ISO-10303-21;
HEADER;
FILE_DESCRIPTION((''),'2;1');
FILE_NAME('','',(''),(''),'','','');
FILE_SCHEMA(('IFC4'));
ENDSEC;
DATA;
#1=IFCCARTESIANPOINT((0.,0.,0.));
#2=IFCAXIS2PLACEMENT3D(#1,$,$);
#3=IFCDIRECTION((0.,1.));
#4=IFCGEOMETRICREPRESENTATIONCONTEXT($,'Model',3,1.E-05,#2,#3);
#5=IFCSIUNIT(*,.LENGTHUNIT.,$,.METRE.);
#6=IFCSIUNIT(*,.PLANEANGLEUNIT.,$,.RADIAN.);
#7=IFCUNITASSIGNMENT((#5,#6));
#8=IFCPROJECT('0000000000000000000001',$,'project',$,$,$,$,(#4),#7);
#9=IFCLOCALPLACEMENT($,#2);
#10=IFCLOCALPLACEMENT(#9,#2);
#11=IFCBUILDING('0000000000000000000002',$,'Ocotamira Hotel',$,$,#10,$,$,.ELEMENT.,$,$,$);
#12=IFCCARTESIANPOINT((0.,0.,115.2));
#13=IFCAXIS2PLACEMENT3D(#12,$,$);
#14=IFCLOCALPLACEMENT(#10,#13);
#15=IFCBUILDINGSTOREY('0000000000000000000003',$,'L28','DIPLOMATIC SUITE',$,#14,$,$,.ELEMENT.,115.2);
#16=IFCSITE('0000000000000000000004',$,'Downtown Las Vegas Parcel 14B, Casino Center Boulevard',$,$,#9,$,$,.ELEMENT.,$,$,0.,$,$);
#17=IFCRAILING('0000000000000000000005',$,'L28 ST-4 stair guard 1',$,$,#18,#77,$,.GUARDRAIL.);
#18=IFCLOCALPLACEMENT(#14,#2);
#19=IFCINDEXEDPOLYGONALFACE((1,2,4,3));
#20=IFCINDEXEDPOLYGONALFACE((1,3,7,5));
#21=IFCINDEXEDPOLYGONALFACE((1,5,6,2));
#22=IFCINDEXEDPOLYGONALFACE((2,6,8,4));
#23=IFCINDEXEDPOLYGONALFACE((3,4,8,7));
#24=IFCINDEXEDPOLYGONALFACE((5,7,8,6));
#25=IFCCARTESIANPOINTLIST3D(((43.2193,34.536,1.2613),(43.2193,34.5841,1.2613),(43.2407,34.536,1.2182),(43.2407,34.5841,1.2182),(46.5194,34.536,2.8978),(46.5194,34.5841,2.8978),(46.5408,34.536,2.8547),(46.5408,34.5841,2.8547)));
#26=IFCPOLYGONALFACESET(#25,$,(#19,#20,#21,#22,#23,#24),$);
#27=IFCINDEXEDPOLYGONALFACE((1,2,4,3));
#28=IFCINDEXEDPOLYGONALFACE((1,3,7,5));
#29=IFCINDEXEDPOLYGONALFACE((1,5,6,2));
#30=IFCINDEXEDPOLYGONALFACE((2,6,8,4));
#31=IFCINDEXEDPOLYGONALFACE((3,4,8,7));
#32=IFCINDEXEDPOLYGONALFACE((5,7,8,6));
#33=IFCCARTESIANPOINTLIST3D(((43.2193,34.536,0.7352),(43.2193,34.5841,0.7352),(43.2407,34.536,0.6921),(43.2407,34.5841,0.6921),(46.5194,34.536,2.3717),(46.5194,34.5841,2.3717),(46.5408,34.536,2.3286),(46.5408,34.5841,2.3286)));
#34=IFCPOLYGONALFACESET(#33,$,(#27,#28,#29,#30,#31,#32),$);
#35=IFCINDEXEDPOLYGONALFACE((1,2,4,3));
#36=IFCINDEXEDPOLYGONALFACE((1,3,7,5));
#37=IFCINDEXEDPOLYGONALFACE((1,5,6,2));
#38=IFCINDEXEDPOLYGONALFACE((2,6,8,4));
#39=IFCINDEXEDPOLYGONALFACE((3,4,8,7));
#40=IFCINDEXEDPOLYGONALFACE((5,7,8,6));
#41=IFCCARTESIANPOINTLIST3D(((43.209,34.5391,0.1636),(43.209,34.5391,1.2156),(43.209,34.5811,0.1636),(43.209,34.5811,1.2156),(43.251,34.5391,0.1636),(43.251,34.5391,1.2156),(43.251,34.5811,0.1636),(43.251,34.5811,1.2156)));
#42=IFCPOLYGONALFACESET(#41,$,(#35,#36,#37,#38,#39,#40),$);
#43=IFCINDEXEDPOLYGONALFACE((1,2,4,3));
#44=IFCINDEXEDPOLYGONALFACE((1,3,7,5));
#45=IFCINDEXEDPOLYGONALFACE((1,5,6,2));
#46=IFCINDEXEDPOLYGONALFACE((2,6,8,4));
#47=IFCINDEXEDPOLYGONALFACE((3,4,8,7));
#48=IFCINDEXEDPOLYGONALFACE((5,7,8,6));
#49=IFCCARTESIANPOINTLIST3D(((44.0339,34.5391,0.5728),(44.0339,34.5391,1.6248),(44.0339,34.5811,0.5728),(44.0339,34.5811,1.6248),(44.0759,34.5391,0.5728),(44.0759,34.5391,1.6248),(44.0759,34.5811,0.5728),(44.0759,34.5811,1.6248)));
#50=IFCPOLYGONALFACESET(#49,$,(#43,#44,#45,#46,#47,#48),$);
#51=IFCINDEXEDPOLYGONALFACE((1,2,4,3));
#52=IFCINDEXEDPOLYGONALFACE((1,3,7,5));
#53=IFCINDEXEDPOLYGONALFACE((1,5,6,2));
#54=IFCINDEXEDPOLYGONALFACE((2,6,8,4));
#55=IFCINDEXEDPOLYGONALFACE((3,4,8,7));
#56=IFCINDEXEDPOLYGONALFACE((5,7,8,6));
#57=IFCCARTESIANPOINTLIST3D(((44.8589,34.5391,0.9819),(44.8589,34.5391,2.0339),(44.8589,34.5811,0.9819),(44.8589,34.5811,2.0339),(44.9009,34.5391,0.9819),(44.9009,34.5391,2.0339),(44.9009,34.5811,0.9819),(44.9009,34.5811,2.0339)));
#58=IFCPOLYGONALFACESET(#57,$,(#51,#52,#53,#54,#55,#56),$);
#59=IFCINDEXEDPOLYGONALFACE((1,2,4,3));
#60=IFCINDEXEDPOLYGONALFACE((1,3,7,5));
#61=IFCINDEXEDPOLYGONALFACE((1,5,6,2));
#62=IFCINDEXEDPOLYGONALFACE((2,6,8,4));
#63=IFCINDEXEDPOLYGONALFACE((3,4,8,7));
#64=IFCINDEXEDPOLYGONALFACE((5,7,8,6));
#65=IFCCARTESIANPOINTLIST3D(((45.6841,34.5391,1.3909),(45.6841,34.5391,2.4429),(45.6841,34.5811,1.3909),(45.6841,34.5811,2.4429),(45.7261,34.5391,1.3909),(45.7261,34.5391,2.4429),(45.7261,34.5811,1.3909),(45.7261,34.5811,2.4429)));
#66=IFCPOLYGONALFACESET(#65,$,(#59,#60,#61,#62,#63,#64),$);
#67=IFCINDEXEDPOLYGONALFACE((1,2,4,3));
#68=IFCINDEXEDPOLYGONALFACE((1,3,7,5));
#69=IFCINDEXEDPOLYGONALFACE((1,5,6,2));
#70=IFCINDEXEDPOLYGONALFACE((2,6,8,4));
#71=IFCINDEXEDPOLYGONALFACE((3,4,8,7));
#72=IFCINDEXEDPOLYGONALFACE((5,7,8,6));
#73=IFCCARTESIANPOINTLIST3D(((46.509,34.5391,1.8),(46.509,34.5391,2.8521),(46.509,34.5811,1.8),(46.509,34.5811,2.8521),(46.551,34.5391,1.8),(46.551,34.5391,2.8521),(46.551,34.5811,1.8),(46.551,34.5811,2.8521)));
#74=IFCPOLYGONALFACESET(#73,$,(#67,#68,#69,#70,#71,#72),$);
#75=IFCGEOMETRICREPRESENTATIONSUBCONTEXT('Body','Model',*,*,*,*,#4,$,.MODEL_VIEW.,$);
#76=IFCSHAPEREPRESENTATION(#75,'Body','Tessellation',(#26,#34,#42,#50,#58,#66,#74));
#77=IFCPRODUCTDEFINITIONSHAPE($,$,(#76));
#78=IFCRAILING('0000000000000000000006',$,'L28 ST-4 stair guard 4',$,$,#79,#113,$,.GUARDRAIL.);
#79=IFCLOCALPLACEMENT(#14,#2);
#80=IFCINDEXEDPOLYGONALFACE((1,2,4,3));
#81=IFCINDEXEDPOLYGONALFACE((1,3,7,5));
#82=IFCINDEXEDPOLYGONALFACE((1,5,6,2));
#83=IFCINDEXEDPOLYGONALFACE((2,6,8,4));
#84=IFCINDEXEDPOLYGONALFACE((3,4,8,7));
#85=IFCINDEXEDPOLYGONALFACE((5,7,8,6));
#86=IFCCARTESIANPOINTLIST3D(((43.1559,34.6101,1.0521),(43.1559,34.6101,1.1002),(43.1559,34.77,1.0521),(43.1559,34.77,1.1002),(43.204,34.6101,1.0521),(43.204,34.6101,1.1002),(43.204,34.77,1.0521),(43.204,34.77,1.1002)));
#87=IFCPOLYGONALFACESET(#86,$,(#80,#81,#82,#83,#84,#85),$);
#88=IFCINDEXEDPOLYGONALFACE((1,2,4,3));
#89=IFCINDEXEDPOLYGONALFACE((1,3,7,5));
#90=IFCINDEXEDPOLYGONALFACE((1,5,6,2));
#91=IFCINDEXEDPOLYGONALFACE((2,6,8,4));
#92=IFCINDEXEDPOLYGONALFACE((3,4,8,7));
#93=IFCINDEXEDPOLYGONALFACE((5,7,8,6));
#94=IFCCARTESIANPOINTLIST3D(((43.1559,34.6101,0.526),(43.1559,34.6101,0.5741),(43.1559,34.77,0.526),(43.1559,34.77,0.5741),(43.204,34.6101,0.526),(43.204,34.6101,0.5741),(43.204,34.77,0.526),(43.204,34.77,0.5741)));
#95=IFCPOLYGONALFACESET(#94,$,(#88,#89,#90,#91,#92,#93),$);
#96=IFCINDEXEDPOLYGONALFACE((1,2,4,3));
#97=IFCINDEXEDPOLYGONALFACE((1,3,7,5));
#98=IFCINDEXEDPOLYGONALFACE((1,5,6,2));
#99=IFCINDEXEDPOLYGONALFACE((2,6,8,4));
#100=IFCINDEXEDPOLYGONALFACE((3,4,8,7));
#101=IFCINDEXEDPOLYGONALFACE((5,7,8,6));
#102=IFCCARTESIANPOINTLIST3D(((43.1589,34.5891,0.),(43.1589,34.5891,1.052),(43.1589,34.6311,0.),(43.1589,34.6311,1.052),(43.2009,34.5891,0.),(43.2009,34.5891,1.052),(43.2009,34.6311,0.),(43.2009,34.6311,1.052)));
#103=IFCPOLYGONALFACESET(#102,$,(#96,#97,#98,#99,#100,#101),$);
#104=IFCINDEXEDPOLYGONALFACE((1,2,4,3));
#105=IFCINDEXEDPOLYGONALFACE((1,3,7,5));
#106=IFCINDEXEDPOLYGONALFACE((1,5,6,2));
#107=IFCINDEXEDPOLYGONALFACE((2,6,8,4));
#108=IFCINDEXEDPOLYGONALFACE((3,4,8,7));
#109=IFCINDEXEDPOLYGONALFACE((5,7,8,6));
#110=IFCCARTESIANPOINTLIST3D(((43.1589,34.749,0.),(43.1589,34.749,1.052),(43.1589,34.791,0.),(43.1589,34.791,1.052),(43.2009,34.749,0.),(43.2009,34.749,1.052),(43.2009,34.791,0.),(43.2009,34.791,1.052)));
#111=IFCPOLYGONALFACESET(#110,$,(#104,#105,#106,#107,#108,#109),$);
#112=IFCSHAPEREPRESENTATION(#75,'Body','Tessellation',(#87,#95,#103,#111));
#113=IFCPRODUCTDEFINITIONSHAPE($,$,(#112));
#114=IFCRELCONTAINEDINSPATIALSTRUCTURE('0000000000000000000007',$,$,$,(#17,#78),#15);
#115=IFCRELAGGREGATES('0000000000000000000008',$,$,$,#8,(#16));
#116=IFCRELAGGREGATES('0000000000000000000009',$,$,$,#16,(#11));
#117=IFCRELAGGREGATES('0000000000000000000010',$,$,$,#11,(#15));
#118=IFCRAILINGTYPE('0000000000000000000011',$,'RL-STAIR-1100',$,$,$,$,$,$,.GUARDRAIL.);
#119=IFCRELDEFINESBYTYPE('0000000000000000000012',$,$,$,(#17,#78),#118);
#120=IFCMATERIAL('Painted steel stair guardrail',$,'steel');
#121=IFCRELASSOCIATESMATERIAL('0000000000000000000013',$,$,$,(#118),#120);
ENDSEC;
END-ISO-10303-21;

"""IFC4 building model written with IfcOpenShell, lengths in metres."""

from ifc_helpers import new_model, si_unit, direction, frame, origin, origin_2d, place, context, subcontext, project, spatial, rectangle, extrude, material, type_object, element, save


model = new_model("IFC4")

# Units and contexts
model_context = context("Model", 3, precision=1e-05, world=origin(), true_north=direction((0.0, 1.0)))
body_context = subcontext(model_context, "Body", "Model", "MODEL_VIEW")
ifc_project = project(units=[si_unit("LENGTHUNIT", "METRE"), si_unit("PLANEANGLEUNIT", "RADIAN")], contexts=[model_context])

# Site, building, storey
site_placement = place(None, origin())
site = spatial("IfcSite", under=ifc_project, at=site_placement, Name="Downtown Las Vegas Parcel 14B, Casino Center Boulevard", CompositionType="ELEMENT", RefElevation=0.0)
building_placement = place(site_placement, origin())
building = spatial("IfcBuilding", under=site, at=building_placement, Name="Ocotamira Hotel", CompositionType="ELEMENT")
storey_placement = place(building_placement, frame((0.0, 0.0, 115.2)))
storey = spatial("IfcBuildingStorey", under=building, at=storey_placement, Name="L28", Description="DIPLOMATIC SUITE", CompositionType="ELEMENT", Elevation=115.2)

# Railings
ifc_material_1 = material(Name="Painted steel stair guardrail", Category="steel")
railing_type_1 = type_object("IfcRailingType", Name="RL-STAIR-1100", PredefinedType="GUARDRAIL", material=ifc_material_1)
railing_1_placement = place(storey_placement, frame((43.23, 34.5601, 0.1636)))
element("IfcRailing", 1, at=railing_1_placement, inside=storey, type_object=railing_type_1, Name="L28 ST-4 stair guard 1", PredefinedType="GUARDRAIL", context=body_context, shape_type="SweptSolid", body=[
    extrude(rectangle(XDim=0.0481, YDim=0.0481, at=origin_2d()), frame((0.0, 0.0, 1.0762), z_axis=(0.895894, 0.0, 0.444268), x_axis=(0.0, 1.0, 0.0)), (0.0, 0.0, 1.0), 3.6836),
    extrude(rectangle(XDim=0.0481, YDim=0.0481, at=origin_2d()), frame((0.0, 0.0, 0.55), z_axis=(0.895894, 0.0, 0.444268), x_axis=(0.0, 1.0, 0.0)), (0.0, 0.0, 1.0), 3.6836),
    extrude(rectangle(XDim=0.042, YDim=0.042, at=origin_2d()), origin(), (0.0, 0.0, 1.0), 1.052),
    extrude(rectangle(XDim=0.042, YDim=0.042, at=origin_2d()), frame((0.825, 0.0, 0.4092)), (0.0, 0.0, 1.0), 1.052),
    extrude(rectangle(XDim=0.042, YDim=0.042, at=origin_2d()), frame((1.6499, 0.0, 0.8184)), (0.0, 0.0, 1.0), 1.052),
    extrude(rectangle(XDim=0.042, YDim=0.042, at=origin_2d()), frame((2.4751, 0.0, 1.2273)), (0.0, 0.0, 1.0), 1.052),
    extrude(rectangle(XDim=0.042, YDim=0.042, at=origin_2d()), frame((3.3, 0.0, 1.6365)), (0.0, 0.0, 1.0), 1.052),
])
railing_2_placement = place(storey_placement, frame((43.1799, 34.6101, 0.0)))
element("IfcRailing", 2, at=railing_2_placement, inside=storey, type_object=railing_type_1, Name="L28 ST-4 stair guard 4", PredefinedType="GUARDRAIL", context=body_context, shape_type="SweptSolid", body=[
    extrude(rectangle(XDim=0.0481, YDim=0.0481, at=origin_2d()), frame((0.0, 0.0, 1.0762), z_axis=(0.0, 1.0, 0.0), x_axis=(-1.0, 0.0, 0.0)), (0.0, 0.0, 1.0), 0.1599),
    extrude(rectangle(XDim=0.0481, YDim=0.0481, at=origin_2d()), frame((0.0, 0.0, 0.55), z_axis=(0.0, 1.0, 0.0), x_axis=(-1.0, 0.0, 0.0)), (0.0, 0.0, 1.0), 0.1599),
    extrude(rectangle(XDim=0.042, YDim=0.042, at=origin_2d()), origin(), (0.0, 0.0, 1.0), 1.052),
    extrude(rectangle(XDim=0.042, YDim=0.042, at=origin_2d()), frame((0.0, 0.1599, 0.0)), (0.0, 0.0, 1.0), 1.052),
])

save(model, "model.ifc")
